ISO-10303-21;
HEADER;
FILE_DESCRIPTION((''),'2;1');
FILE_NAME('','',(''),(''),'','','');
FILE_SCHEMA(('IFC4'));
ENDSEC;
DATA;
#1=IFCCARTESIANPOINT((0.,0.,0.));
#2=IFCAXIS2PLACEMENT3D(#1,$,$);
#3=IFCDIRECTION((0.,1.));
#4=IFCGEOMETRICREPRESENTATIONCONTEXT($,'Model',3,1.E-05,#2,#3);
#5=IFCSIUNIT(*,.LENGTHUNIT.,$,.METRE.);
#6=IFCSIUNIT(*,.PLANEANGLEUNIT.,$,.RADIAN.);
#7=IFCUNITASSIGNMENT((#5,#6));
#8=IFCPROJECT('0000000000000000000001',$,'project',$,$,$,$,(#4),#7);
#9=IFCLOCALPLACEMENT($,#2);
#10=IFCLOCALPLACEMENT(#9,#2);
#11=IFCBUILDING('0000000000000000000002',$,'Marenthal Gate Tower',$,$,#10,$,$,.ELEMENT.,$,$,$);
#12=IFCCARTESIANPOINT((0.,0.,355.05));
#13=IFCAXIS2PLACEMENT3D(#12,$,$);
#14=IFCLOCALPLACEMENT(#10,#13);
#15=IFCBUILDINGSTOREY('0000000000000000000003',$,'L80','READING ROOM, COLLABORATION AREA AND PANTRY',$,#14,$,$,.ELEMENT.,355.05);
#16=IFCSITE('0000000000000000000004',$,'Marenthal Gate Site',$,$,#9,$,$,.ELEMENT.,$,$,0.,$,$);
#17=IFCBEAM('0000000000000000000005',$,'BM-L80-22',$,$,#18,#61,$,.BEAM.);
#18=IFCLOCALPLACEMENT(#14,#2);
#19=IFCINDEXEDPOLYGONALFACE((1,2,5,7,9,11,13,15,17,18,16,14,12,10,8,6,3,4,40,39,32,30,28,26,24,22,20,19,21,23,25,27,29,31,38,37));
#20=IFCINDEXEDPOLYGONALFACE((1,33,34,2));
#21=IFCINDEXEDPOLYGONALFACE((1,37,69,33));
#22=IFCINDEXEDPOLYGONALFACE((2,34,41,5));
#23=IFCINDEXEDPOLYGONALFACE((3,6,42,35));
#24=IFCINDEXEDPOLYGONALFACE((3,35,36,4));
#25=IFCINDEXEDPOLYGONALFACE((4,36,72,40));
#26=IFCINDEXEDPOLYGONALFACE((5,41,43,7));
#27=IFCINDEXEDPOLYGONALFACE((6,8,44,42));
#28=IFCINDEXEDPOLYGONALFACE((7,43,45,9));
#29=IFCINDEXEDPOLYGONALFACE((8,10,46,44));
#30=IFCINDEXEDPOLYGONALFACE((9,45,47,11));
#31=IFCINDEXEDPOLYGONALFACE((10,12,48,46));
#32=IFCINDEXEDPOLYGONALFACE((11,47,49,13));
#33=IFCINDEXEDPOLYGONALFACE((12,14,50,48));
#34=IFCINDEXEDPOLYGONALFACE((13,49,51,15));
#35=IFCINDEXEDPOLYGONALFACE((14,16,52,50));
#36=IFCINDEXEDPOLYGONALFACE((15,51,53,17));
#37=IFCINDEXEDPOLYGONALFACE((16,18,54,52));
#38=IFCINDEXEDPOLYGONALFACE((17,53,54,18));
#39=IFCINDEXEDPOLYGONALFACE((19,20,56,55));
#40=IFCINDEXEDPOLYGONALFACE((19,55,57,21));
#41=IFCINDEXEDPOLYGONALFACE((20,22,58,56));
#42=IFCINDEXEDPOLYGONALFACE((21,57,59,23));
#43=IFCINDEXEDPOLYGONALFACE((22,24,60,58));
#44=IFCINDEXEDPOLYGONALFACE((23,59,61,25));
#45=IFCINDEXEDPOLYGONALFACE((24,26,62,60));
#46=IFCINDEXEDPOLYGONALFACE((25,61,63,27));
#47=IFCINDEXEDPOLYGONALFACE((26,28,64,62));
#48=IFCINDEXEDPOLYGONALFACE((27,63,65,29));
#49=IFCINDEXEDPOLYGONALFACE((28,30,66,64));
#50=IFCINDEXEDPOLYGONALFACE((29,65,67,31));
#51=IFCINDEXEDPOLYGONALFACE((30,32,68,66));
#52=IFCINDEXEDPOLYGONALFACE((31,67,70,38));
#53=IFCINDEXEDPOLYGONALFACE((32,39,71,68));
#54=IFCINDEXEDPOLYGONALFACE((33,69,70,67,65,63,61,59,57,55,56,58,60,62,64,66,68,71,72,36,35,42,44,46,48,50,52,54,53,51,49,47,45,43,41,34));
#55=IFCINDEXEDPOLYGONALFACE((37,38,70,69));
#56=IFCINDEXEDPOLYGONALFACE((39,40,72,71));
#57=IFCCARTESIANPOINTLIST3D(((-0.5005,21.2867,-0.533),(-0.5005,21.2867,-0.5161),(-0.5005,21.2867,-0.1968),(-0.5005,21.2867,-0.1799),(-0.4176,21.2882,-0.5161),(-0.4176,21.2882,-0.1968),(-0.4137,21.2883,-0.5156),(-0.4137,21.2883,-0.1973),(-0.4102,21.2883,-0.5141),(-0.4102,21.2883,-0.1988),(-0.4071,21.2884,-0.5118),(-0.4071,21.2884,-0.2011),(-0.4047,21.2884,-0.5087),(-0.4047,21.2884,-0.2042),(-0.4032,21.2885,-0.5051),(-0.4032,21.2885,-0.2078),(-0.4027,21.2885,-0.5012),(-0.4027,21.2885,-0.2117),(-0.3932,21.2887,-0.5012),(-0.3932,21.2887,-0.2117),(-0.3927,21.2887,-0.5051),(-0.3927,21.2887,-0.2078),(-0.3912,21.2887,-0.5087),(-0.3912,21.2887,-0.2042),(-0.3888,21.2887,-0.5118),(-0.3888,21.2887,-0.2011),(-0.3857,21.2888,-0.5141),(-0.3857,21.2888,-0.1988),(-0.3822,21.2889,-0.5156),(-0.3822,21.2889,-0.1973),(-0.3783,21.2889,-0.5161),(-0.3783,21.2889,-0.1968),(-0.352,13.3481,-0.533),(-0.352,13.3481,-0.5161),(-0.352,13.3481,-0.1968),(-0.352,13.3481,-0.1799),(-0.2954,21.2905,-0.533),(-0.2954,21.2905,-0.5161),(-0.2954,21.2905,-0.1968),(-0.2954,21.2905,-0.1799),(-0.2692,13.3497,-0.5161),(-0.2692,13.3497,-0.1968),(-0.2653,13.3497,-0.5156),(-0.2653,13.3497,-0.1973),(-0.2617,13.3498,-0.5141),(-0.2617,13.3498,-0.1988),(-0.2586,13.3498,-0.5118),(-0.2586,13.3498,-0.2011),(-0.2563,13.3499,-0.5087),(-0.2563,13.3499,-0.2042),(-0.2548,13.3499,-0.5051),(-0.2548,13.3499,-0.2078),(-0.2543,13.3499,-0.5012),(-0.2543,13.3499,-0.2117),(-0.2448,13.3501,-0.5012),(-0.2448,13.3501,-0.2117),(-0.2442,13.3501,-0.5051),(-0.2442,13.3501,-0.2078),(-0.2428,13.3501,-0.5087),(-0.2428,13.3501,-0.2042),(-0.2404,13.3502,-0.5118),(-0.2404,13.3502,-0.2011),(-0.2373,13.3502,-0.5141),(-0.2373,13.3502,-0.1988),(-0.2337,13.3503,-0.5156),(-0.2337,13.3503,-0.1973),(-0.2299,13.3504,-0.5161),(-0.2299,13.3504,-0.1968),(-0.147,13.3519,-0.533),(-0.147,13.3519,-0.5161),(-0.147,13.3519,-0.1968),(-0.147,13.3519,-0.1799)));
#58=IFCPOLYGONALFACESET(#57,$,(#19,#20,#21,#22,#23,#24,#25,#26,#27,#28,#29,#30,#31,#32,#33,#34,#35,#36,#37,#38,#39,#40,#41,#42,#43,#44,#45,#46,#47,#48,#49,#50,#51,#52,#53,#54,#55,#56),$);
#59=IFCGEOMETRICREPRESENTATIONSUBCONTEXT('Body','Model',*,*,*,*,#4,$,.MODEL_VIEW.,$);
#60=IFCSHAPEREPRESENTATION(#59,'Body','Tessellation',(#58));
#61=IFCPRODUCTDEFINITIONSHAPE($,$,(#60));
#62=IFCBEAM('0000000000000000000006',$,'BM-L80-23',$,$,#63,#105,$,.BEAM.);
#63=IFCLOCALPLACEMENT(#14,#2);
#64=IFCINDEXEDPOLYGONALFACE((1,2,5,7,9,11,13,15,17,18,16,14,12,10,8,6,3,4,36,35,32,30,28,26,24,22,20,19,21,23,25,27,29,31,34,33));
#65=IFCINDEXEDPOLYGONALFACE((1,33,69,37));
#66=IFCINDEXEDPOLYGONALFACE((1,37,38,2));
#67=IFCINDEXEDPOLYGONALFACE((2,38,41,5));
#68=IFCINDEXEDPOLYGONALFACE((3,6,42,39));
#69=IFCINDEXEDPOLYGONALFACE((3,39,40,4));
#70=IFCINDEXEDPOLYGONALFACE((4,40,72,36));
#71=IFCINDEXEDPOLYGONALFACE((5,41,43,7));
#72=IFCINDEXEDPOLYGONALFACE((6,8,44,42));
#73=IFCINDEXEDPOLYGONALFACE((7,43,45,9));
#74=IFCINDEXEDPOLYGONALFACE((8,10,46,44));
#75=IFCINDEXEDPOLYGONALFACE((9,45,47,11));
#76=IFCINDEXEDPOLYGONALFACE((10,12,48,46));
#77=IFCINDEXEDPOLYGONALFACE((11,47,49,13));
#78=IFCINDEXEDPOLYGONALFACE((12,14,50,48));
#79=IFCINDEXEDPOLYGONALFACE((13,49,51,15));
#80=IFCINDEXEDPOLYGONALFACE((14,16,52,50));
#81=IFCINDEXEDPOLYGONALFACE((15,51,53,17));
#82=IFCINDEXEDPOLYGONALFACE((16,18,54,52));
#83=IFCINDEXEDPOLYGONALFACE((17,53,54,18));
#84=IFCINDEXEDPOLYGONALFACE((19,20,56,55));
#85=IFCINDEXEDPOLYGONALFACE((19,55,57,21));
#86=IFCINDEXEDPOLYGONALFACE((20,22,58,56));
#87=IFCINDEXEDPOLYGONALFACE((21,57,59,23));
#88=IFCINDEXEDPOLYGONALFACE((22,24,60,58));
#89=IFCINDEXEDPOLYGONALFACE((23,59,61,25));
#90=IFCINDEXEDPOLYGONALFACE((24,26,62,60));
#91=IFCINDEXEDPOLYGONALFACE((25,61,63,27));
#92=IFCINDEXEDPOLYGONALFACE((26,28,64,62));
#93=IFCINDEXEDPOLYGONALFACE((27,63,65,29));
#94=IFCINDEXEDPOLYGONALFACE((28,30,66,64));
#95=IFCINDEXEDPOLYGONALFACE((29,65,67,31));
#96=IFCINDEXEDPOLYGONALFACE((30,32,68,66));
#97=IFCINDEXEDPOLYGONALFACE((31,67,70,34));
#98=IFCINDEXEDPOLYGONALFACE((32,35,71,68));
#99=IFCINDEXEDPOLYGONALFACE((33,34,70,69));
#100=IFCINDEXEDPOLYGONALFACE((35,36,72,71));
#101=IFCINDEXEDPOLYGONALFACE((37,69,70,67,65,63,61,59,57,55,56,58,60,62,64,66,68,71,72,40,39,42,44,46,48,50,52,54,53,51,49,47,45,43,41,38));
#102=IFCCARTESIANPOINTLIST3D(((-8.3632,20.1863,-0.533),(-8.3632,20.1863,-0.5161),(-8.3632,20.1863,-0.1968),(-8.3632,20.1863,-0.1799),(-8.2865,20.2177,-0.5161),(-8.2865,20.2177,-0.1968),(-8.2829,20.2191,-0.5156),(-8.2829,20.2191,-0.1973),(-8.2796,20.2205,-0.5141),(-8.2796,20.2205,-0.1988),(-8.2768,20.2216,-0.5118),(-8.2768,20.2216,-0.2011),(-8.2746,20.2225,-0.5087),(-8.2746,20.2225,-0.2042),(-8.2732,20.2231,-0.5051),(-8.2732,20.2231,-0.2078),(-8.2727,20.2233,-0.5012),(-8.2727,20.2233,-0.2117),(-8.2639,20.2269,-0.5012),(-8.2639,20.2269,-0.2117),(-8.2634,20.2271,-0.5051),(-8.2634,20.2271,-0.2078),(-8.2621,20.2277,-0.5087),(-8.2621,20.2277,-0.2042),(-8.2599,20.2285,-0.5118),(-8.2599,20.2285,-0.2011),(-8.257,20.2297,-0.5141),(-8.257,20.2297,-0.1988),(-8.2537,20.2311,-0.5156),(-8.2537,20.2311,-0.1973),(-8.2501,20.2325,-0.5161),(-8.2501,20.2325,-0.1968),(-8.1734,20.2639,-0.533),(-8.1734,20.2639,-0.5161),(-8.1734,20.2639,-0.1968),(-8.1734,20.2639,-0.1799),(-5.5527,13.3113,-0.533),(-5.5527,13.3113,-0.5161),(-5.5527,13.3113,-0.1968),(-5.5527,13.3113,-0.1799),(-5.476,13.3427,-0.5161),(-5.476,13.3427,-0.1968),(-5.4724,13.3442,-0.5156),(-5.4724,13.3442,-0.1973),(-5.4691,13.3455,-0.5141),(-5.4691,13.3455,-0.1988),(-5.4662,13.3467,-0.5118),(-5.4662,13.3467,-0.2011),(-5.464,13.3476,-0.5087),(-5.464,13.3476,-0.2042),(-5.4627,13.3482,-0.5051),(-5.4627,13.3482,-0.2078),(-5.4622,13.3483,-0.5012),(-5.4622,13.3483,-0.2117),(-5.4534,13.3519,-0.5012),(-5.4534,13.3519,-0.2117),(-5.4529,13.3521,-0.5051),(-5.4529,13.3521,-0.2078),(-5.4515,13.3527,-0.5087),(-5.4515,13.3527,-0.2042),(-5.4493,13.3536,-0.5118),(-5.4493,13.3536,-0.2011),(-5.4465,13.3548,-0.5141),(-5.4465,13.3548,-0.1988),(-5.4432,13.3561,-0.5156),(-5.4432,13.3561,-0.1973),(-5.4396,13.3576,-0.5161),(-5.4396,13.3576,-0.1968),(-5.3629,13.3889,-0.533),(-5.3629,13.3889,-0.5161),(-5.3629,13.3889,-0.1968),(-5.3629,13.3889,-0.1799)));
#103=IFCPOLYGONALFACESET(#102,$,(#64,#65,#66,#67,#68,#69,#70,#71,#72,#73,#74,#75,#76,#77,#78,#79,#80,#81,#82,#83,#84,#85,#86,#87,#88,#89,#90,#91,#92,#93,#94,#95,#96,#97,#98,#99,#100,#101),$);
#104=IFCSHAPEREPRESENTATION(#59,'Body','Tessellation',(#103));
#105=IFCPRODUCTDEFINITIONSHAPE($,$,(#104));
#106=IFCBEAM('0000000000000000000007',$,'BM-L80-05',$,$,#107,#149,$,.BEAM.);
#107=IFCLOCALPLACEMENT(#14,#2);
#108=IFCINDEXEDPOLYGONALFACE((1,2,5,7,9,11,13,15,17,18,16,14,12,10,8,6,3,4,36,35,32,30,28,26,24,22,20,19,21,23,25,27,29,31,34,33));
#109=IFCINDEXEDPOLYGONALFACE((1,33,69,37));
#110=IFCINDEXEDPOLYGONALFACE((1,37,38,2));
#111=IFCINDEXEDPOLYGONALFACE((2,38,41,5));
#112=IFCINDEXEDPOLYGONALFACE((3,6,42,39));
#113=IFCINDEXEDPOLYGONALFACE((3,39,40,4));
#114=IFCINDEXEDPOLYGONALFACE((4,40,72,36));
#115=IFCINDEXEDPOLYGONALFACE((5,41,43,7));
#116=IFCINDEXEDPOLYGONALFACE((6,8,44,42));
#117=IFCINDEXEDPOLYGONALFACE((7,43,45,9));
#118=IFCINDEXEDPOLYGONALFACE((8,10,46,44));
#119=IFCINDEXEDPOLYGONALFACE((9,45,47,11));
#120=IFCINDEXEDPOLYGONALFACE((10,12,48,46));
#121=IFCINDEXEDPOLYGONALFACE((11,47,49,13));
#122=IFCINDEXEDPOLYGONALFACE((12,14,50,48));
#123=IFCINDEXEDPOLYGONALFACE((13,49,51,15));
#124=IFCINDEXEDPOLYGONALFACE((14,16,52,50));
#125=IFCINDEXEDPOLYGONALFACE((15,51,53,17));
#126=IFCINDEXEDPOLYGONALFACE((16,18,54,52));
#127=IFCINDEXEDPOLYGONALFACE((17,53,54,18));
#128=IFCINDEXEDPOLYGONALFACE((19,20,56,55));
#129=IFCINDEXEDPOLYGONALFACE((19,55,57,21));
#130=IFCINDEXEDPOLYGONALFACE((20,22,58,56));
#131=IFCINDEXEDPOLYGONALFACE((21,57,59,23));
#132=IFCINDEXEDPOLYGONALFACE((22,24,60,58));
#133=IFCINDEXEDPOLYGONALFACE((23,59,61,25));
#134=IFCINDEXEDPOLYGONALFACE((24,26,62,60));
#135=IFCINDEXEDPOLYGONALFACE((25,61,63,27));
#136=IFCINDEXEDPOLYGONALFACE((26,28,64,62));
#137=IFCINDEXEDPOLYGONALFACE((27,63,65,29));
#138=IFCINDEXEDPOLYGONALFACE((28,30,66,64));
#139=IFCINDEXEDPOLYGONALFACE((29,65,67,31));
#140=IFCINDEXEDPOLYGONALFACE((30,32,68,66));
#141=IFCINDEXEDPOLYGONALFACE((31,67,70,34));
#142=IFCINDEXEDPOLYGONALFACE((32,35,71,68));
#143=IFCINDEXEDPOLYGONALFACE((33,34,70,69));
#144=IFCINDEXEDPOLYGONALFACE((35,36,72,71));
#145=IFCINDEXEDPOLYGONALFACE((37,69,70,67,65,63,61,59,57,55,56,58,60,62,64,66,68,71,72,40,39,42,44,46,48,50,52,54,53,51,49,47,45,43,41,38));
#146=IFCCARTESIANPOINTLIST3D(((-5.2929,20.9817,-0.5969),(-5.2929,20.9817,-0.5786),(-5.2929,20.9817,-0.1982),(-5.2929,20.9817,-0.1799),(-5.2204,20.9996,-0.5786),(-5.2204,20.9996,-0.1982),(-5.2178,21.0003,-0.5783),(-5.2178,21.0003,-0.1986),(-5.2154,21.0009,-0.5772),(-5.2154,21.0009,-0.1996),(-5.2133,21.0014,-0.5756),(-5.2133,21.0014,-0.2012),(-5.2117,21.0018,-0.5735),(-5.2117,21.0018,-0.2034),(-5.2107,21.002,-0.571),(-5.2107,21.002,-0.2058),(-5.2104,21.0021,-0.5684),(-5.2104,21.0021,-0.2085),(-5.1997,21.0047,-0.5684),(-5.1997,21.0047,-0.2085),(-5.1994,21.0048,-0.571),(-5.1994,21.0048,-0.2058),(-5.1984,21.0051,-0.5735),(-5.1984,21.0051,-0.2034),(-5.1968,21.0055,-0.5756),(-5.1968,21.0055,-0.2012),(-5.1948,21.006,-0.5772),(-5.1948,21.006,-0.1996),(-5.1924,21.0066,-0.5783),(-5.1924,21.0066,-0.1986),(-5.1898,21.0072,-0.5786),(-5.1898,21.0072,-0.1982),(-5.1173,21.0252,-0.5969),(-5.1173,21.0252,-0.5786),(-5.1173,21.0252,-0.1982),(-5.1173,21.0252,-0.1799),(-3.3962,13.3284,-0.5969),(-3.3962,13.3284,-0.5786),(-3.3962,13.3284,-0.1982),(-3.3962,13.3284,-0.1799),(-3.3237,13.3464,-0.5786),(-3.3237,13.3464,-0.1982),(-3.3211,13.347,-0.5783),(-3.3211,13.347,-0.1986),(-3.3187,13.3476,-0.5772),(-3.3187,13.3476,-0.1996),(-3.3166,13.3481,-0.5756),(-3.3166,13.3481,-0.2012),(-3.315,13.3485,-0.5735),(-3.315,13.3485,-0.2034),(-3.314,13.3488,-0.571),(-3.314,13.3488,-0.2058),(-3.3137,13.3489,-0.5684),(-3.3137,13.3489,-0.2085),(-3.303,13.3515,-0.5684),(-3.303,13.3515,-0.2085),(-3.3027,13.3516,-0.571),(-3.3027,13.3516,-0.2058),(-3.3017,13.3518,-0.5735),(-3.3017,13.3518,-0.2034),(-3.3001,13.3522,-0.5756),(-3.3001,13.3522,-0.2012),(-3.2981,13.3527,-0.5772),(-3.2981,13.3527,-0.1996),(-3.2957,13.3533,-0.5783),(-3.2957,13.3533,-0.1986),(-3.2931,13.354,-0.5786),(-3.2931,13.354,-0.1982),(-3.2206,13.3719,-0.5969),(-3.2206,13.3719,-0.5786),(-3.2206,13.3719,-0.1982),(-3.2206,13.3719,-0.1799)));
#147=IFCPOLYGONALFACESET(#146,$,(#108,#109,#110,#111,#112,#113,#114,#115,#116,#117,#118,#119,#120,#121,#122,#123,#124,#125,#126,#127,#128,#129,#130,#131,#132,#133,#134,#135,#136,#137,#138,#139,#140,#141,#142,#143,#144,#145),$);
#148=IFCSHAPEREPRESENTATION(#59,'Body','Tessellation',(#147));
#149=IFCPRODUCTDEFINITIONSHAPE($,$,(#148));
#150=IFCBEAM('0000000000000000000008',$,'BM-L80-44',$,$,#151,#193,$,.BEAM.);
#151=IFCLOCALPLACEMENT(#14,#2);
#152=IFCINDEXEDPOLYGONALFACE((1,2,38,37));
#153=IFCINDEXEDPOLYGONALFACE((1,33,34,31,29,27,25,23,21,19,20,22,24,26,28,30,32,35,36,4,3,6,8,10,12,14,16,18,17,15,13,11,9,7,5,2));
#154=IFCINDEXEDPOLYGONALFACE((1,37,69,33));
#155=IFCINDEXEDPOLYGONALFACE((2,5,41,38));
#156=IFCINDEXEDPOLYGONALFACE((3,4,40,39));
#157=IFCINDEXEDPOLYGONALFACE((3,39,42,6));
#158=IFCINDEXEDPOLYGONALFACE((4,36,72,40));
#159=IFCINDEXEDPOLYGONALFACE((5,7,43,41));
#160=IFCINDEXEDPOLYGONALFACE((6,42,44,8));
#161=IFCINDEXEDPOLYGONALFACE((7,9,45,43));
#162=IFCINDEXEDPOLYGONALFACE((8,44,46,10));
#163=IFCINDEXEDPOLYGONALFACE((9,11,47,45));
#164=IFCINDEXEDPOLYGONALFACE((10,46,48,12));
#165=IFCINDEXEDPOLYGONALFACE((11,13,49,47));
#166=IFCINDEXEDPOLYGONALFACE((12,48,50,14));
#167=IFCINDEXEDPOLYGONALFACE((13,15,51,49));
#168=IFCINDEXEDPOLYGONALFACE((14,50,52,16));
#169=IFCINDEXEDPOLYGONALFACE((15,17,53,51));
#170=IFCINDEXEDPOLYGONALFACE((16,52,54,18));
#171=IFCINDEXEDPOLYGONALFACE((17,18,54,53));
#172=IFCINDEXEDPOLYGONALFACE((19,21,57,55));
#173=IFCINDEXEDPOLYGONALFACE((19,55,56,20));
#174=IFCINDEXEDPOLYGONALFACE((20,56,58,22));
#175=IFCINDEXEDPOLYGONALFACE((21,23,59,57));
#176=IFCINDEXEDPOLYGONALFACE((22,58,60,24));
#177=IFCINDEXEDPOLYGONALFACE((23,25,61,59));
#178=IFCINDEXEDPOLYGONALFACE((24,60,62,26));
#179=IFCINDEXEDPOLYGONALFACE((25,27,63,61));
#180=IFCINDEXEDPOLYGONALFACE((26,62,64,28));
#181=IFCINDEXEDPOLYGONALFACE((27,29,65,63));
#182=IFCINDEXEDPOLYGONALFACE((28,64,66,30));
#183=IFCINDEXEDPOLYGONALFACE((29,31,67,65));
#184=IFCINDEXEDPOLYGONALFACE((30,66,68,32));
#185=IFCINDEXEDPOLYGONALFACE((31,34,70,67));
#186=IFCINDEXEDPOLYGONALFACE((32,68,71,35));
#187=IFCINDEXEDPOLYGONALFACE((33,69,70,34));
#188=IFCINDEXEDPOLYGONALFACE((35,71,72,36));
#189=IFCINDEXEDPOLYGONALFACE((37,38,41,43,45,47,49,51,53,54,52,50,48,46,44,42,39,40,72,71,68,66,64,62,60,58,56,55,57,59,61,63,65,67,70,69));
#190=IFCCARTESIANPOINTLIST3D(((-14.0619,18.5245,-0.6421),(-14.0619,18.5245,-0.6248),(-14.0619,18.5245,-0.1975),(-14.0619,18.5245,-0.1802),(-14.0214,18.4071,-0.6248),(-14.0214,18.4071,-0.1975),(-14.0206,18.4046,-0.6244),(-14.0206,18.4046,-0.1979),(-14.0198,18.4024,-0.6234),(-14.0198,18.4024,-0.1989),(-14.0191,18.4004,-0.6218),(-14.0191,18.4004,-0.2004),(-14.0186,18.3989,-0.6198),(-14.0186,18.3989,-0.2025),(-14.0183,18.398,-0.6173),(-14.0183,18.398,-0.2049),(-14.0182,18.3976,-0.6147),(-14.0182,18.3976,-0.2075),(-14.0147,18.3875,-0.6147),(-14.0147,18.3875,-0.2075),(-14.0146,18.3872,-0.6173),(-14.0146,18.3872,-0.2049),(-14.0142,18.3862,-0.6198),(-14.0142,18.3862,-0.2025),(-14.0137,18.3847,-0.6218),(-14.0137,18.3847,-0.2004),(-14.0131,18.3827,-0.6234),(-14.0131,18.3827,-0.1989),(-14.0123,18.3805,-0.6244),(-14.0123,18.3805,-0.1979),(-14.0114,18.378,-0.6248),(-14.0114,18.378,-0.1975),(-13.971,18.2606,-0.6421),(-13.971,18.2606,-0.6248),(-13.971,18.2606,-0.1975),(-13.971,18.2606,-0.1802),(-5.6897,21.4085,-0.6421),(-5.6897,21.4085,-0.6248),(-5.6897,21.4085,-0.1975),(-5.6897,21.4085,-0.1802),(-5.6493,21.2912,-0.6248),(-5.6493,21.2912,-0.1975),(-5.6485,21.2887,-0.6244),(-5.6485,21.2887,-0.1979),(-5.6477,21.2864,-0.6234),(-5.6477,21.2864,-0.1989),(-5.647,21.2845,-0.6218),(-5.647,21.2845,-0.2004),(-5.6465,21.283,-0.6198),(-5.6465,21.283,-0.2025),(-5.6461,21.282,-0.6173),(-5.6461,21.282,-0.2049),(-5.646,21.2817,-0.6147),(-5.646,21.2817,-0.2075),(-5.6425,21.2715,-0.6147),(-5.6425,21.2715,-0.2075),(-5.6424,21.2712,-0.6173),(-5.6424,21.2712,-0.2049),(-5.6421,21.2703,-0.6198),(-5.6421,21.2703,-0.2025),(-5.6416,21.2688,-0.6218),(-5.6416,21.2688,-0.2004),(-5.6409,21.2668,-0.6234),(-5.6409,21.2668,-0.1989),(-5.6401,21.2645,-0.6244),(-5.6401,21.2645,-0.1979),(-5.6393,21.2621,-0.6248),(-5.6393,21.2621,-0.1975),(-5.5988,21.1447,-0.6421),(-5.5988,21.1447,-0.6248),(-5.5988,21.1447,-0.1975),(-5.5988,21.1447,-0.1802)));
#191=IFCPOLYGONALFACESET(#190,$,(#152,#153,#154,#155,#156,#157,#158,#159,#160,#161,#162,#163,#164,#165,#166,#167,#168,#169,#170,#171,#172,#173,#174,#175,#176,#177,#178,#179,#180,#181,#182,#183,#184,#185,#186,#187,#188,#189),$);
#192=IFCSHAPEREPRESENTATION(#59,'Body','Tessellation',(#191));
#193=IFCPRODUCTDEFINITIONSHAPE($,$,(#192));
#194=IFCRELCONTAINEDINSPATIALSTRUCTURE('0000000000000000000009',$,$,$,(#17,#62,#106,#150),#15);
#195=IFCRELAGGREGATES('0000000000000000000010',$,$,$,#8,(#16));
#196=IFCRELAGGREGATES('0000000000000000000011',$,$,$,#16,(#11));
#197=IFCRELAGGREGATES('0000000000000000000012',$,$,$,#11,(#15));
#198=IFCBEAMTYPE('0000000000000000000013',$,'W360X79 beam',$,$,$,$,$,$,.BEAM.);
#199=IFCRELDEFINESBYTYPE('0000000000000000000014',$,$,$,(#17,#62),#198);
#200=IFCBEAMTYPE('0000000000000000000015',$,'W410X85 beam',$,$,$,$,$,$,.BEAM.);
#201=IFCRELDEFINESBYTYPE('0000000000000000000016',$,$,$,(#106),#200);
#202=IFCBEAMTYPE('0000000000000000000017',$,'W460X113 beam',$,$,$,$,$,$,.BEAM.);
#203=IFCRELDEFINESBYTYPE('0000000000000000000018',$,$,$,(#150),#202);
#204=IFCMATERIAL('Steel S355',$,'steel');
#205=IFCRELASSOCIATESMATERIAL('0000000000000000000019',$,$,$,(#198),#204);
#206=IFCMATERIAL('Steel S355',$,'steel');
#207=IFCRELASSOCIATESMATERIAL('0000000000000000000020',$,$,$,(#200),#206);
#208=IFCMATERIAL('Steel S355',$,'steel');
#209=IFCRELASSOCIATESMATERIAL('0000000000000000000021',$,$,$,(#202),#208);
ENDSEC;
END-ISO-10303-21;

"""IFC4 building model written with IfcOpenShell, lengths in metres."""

from ifc_helpers import new_model, si_unit, direction, frame, origin, origin_2d, place, context, subcontext, project, spatial, i_section, extrude, material, material_profile, profile_set, type_object, element, save


model = new_model("IFC4")

# Units and contexts
model_context = context("Model", 3, precision=1e-05, world=origin(), true_north=direction((0.0, 1.0)))
body_context = subcontext(model_context, "Body", "Model", "MODEL_VIEW")
ifc_project = project(units=[si_unit("LENGTHUNIT", "METRE"), si_unit("PLANEANGLEUNIT", "RADIAN")], contexts=[model_context])

# Site, building, storey
site_placement = place(None, origin())
site = spatial("IfcSite", under=ifc_project, at=site_placement, Name="Marenthal Gate Site", CompositionType="ELEMENT", RefElevation=0.0)
building_placement = place(site_placement, origin())
building = spatial("IfcBuilding", under=site, at=building_placement, Name="Marenthal Gate Tower", CompositionType="ELEMENT")
storey_placement = place(building_placement, frame((0.0, 0.0, 355.05)))
storey = spatial("IfcBuildingStorey", under=building, at=storey_placement, Name="L80", Description="READING ROOM, COLLABORATION AREA AND PANTRY", CompositionType="ELEMENT", Elevation=355.05)

# Beams
ifc_material_1 = material(Name="Steel S355", Category="steel")
ifc_material_profile_1 = material_profile(ifc_material_1, i_section(OverallWidth=0.2051, OverallDepth=0.353, WebThickness=0.0095, FlangeThickness=0.0168, FilletRadius=0.0149, at=origin_2d()), Name="W360X79")
ifc_profile_set_1 = profile_set([ifc_material_profile_1], Name="Steel S355")
beam_type_1 = type_object("IfcBeamType", Name="W360X79 beam", PredefinedType="BEAM", material=ifc_profile_set_1)
beam_1_placement = place(storey_placement, frame((-0.3979, 21.2886, -0.3564), z_axis=(0.018695, -0.999825, 0.0), x_axis=(0.999825, 0.018695, 0.0)))
element("IfcBeam", 1, at=beam_1_placement, inside=storey, type_object=beam_type_1, Name="BM-L80-22", PredefinedType="BEAM", context=body_context, shape_type="SweptSolid", body=[
    extrude(i_section(OverallWidth=0.2051, OverallDepth=0.353, WebThickness=0.0095, FlangeThickness=0.0168, FilletRadius=0.0149, at=origin_2d()), origin(), (0.0, 0.0, 1.0), 7.9399),
])
beam_2_placement = place(storey_placement, frame((-8.2683, 20.2251, -0.3564), z_axis=(0.378408, -0.925639, 0.0), x_axis=(0.925639, 0.378408, 0.0)))
element("IfcBeam", 2, at=beam_2_placement, inside=storey, type_object=beam_type_1, Name="BM-L80-23", PredefinedType="BEAM", context=body_context, shape_type="SweptSolid", body=[
    extrude(i_section(OverallWidth=0.2051, OverallDepth=0.353, WebThickness=0.0095, FlangeThickness=0.0168, FilletRadius=0.0149, at=origin_2d()), origin(), (0.0, 0.0, 1.0), 7.4272),
])
ifc_material_2 = material(Name="Steel S355", Category="steel")
ifc_material_profile_2 = material_profile(ifc_material_2, i_section(OverallWidth=0.1809, OverallDepth=0.417, WebThickness=0.011, FlangeThickness=0.0183, FilletRadius=0.0103, at=origin_2d()), Name="W410X85")
ifc_profile_set_2 = profile_set([ifc_material_profile_2], Name="Steel S355")
beam_type_2 = type_object("IfcBeamType", Name="W410X85 beam", PredefinedType="BEAM", material=ifc_profile_set_2)
beam_3_placement = place(storey_placement, frame((-5.2051, 21.0034, -0.3884), z_axis=(0.240553, -0.970636, 0.0), x_axis=(0.970636, 0.240553, 0.0)))
element("IfcBeam", 3, at=beam_3_placement, inside=storey, type_object=beam_type_2, Name="BM-L80-05", PredefinedType="BEAM", context=body_context, shape_type="SweptSolid", body=[
    extrude(i_section(OverallWidth=0.1809, OverallDepth=0.417, WebThickness=0.011, FlangeThickness=0.0183, FilletRadius=0.0103, at=origin_2d()), origin(), (0.0, 0.0, 1.0), 7.8848),
])
ifc_material_3 = material(Name="Steel S355", Category="steel")
ifc_material_profile_3 = material_profile(ifc_material_3, i_section(OverallWidth=0.2791, OverallDepth=0.4619, WebThickness=0.0107, FlangeThickness=0.0173, FilletRadius=0.01, at=origin_2d()), Name="W460X113")
ifc_profile_set_3 = profile_set([ifc_material_profile_3], Name="Steel S355")
beam_type_3 = type_object("IfcBeamType", Name="W460X113 beam", PredefinedType="BEAM", material=ifc_profile_set_3)
beam_4_placement = place(storey_placement, frame((-5.6443, 21.2766, -0.4111), z_axis=(-0.945473, -0.325699, 0.0), x_axis=(0.325699, -0.945473, 0.0)))
element("IfcBeam", 4, at=beam_4_placement, inside=storey, type_object=beam_type_3, Name="BM-L80-44", PredefinedType="BEAM", context=body_context, shape_type="SweptSolid", body=[
    extrude(i_section(OverallWidth=0.2791, OverallDepth=0.4619, WebThickness=0.0107, FlangeThickness=0.0173, FilletRadius=0.01, at=origin_2d()), origin(), (0.0, 0.0, 1.0), 8.855),
])

save(model, "model.ifc")
